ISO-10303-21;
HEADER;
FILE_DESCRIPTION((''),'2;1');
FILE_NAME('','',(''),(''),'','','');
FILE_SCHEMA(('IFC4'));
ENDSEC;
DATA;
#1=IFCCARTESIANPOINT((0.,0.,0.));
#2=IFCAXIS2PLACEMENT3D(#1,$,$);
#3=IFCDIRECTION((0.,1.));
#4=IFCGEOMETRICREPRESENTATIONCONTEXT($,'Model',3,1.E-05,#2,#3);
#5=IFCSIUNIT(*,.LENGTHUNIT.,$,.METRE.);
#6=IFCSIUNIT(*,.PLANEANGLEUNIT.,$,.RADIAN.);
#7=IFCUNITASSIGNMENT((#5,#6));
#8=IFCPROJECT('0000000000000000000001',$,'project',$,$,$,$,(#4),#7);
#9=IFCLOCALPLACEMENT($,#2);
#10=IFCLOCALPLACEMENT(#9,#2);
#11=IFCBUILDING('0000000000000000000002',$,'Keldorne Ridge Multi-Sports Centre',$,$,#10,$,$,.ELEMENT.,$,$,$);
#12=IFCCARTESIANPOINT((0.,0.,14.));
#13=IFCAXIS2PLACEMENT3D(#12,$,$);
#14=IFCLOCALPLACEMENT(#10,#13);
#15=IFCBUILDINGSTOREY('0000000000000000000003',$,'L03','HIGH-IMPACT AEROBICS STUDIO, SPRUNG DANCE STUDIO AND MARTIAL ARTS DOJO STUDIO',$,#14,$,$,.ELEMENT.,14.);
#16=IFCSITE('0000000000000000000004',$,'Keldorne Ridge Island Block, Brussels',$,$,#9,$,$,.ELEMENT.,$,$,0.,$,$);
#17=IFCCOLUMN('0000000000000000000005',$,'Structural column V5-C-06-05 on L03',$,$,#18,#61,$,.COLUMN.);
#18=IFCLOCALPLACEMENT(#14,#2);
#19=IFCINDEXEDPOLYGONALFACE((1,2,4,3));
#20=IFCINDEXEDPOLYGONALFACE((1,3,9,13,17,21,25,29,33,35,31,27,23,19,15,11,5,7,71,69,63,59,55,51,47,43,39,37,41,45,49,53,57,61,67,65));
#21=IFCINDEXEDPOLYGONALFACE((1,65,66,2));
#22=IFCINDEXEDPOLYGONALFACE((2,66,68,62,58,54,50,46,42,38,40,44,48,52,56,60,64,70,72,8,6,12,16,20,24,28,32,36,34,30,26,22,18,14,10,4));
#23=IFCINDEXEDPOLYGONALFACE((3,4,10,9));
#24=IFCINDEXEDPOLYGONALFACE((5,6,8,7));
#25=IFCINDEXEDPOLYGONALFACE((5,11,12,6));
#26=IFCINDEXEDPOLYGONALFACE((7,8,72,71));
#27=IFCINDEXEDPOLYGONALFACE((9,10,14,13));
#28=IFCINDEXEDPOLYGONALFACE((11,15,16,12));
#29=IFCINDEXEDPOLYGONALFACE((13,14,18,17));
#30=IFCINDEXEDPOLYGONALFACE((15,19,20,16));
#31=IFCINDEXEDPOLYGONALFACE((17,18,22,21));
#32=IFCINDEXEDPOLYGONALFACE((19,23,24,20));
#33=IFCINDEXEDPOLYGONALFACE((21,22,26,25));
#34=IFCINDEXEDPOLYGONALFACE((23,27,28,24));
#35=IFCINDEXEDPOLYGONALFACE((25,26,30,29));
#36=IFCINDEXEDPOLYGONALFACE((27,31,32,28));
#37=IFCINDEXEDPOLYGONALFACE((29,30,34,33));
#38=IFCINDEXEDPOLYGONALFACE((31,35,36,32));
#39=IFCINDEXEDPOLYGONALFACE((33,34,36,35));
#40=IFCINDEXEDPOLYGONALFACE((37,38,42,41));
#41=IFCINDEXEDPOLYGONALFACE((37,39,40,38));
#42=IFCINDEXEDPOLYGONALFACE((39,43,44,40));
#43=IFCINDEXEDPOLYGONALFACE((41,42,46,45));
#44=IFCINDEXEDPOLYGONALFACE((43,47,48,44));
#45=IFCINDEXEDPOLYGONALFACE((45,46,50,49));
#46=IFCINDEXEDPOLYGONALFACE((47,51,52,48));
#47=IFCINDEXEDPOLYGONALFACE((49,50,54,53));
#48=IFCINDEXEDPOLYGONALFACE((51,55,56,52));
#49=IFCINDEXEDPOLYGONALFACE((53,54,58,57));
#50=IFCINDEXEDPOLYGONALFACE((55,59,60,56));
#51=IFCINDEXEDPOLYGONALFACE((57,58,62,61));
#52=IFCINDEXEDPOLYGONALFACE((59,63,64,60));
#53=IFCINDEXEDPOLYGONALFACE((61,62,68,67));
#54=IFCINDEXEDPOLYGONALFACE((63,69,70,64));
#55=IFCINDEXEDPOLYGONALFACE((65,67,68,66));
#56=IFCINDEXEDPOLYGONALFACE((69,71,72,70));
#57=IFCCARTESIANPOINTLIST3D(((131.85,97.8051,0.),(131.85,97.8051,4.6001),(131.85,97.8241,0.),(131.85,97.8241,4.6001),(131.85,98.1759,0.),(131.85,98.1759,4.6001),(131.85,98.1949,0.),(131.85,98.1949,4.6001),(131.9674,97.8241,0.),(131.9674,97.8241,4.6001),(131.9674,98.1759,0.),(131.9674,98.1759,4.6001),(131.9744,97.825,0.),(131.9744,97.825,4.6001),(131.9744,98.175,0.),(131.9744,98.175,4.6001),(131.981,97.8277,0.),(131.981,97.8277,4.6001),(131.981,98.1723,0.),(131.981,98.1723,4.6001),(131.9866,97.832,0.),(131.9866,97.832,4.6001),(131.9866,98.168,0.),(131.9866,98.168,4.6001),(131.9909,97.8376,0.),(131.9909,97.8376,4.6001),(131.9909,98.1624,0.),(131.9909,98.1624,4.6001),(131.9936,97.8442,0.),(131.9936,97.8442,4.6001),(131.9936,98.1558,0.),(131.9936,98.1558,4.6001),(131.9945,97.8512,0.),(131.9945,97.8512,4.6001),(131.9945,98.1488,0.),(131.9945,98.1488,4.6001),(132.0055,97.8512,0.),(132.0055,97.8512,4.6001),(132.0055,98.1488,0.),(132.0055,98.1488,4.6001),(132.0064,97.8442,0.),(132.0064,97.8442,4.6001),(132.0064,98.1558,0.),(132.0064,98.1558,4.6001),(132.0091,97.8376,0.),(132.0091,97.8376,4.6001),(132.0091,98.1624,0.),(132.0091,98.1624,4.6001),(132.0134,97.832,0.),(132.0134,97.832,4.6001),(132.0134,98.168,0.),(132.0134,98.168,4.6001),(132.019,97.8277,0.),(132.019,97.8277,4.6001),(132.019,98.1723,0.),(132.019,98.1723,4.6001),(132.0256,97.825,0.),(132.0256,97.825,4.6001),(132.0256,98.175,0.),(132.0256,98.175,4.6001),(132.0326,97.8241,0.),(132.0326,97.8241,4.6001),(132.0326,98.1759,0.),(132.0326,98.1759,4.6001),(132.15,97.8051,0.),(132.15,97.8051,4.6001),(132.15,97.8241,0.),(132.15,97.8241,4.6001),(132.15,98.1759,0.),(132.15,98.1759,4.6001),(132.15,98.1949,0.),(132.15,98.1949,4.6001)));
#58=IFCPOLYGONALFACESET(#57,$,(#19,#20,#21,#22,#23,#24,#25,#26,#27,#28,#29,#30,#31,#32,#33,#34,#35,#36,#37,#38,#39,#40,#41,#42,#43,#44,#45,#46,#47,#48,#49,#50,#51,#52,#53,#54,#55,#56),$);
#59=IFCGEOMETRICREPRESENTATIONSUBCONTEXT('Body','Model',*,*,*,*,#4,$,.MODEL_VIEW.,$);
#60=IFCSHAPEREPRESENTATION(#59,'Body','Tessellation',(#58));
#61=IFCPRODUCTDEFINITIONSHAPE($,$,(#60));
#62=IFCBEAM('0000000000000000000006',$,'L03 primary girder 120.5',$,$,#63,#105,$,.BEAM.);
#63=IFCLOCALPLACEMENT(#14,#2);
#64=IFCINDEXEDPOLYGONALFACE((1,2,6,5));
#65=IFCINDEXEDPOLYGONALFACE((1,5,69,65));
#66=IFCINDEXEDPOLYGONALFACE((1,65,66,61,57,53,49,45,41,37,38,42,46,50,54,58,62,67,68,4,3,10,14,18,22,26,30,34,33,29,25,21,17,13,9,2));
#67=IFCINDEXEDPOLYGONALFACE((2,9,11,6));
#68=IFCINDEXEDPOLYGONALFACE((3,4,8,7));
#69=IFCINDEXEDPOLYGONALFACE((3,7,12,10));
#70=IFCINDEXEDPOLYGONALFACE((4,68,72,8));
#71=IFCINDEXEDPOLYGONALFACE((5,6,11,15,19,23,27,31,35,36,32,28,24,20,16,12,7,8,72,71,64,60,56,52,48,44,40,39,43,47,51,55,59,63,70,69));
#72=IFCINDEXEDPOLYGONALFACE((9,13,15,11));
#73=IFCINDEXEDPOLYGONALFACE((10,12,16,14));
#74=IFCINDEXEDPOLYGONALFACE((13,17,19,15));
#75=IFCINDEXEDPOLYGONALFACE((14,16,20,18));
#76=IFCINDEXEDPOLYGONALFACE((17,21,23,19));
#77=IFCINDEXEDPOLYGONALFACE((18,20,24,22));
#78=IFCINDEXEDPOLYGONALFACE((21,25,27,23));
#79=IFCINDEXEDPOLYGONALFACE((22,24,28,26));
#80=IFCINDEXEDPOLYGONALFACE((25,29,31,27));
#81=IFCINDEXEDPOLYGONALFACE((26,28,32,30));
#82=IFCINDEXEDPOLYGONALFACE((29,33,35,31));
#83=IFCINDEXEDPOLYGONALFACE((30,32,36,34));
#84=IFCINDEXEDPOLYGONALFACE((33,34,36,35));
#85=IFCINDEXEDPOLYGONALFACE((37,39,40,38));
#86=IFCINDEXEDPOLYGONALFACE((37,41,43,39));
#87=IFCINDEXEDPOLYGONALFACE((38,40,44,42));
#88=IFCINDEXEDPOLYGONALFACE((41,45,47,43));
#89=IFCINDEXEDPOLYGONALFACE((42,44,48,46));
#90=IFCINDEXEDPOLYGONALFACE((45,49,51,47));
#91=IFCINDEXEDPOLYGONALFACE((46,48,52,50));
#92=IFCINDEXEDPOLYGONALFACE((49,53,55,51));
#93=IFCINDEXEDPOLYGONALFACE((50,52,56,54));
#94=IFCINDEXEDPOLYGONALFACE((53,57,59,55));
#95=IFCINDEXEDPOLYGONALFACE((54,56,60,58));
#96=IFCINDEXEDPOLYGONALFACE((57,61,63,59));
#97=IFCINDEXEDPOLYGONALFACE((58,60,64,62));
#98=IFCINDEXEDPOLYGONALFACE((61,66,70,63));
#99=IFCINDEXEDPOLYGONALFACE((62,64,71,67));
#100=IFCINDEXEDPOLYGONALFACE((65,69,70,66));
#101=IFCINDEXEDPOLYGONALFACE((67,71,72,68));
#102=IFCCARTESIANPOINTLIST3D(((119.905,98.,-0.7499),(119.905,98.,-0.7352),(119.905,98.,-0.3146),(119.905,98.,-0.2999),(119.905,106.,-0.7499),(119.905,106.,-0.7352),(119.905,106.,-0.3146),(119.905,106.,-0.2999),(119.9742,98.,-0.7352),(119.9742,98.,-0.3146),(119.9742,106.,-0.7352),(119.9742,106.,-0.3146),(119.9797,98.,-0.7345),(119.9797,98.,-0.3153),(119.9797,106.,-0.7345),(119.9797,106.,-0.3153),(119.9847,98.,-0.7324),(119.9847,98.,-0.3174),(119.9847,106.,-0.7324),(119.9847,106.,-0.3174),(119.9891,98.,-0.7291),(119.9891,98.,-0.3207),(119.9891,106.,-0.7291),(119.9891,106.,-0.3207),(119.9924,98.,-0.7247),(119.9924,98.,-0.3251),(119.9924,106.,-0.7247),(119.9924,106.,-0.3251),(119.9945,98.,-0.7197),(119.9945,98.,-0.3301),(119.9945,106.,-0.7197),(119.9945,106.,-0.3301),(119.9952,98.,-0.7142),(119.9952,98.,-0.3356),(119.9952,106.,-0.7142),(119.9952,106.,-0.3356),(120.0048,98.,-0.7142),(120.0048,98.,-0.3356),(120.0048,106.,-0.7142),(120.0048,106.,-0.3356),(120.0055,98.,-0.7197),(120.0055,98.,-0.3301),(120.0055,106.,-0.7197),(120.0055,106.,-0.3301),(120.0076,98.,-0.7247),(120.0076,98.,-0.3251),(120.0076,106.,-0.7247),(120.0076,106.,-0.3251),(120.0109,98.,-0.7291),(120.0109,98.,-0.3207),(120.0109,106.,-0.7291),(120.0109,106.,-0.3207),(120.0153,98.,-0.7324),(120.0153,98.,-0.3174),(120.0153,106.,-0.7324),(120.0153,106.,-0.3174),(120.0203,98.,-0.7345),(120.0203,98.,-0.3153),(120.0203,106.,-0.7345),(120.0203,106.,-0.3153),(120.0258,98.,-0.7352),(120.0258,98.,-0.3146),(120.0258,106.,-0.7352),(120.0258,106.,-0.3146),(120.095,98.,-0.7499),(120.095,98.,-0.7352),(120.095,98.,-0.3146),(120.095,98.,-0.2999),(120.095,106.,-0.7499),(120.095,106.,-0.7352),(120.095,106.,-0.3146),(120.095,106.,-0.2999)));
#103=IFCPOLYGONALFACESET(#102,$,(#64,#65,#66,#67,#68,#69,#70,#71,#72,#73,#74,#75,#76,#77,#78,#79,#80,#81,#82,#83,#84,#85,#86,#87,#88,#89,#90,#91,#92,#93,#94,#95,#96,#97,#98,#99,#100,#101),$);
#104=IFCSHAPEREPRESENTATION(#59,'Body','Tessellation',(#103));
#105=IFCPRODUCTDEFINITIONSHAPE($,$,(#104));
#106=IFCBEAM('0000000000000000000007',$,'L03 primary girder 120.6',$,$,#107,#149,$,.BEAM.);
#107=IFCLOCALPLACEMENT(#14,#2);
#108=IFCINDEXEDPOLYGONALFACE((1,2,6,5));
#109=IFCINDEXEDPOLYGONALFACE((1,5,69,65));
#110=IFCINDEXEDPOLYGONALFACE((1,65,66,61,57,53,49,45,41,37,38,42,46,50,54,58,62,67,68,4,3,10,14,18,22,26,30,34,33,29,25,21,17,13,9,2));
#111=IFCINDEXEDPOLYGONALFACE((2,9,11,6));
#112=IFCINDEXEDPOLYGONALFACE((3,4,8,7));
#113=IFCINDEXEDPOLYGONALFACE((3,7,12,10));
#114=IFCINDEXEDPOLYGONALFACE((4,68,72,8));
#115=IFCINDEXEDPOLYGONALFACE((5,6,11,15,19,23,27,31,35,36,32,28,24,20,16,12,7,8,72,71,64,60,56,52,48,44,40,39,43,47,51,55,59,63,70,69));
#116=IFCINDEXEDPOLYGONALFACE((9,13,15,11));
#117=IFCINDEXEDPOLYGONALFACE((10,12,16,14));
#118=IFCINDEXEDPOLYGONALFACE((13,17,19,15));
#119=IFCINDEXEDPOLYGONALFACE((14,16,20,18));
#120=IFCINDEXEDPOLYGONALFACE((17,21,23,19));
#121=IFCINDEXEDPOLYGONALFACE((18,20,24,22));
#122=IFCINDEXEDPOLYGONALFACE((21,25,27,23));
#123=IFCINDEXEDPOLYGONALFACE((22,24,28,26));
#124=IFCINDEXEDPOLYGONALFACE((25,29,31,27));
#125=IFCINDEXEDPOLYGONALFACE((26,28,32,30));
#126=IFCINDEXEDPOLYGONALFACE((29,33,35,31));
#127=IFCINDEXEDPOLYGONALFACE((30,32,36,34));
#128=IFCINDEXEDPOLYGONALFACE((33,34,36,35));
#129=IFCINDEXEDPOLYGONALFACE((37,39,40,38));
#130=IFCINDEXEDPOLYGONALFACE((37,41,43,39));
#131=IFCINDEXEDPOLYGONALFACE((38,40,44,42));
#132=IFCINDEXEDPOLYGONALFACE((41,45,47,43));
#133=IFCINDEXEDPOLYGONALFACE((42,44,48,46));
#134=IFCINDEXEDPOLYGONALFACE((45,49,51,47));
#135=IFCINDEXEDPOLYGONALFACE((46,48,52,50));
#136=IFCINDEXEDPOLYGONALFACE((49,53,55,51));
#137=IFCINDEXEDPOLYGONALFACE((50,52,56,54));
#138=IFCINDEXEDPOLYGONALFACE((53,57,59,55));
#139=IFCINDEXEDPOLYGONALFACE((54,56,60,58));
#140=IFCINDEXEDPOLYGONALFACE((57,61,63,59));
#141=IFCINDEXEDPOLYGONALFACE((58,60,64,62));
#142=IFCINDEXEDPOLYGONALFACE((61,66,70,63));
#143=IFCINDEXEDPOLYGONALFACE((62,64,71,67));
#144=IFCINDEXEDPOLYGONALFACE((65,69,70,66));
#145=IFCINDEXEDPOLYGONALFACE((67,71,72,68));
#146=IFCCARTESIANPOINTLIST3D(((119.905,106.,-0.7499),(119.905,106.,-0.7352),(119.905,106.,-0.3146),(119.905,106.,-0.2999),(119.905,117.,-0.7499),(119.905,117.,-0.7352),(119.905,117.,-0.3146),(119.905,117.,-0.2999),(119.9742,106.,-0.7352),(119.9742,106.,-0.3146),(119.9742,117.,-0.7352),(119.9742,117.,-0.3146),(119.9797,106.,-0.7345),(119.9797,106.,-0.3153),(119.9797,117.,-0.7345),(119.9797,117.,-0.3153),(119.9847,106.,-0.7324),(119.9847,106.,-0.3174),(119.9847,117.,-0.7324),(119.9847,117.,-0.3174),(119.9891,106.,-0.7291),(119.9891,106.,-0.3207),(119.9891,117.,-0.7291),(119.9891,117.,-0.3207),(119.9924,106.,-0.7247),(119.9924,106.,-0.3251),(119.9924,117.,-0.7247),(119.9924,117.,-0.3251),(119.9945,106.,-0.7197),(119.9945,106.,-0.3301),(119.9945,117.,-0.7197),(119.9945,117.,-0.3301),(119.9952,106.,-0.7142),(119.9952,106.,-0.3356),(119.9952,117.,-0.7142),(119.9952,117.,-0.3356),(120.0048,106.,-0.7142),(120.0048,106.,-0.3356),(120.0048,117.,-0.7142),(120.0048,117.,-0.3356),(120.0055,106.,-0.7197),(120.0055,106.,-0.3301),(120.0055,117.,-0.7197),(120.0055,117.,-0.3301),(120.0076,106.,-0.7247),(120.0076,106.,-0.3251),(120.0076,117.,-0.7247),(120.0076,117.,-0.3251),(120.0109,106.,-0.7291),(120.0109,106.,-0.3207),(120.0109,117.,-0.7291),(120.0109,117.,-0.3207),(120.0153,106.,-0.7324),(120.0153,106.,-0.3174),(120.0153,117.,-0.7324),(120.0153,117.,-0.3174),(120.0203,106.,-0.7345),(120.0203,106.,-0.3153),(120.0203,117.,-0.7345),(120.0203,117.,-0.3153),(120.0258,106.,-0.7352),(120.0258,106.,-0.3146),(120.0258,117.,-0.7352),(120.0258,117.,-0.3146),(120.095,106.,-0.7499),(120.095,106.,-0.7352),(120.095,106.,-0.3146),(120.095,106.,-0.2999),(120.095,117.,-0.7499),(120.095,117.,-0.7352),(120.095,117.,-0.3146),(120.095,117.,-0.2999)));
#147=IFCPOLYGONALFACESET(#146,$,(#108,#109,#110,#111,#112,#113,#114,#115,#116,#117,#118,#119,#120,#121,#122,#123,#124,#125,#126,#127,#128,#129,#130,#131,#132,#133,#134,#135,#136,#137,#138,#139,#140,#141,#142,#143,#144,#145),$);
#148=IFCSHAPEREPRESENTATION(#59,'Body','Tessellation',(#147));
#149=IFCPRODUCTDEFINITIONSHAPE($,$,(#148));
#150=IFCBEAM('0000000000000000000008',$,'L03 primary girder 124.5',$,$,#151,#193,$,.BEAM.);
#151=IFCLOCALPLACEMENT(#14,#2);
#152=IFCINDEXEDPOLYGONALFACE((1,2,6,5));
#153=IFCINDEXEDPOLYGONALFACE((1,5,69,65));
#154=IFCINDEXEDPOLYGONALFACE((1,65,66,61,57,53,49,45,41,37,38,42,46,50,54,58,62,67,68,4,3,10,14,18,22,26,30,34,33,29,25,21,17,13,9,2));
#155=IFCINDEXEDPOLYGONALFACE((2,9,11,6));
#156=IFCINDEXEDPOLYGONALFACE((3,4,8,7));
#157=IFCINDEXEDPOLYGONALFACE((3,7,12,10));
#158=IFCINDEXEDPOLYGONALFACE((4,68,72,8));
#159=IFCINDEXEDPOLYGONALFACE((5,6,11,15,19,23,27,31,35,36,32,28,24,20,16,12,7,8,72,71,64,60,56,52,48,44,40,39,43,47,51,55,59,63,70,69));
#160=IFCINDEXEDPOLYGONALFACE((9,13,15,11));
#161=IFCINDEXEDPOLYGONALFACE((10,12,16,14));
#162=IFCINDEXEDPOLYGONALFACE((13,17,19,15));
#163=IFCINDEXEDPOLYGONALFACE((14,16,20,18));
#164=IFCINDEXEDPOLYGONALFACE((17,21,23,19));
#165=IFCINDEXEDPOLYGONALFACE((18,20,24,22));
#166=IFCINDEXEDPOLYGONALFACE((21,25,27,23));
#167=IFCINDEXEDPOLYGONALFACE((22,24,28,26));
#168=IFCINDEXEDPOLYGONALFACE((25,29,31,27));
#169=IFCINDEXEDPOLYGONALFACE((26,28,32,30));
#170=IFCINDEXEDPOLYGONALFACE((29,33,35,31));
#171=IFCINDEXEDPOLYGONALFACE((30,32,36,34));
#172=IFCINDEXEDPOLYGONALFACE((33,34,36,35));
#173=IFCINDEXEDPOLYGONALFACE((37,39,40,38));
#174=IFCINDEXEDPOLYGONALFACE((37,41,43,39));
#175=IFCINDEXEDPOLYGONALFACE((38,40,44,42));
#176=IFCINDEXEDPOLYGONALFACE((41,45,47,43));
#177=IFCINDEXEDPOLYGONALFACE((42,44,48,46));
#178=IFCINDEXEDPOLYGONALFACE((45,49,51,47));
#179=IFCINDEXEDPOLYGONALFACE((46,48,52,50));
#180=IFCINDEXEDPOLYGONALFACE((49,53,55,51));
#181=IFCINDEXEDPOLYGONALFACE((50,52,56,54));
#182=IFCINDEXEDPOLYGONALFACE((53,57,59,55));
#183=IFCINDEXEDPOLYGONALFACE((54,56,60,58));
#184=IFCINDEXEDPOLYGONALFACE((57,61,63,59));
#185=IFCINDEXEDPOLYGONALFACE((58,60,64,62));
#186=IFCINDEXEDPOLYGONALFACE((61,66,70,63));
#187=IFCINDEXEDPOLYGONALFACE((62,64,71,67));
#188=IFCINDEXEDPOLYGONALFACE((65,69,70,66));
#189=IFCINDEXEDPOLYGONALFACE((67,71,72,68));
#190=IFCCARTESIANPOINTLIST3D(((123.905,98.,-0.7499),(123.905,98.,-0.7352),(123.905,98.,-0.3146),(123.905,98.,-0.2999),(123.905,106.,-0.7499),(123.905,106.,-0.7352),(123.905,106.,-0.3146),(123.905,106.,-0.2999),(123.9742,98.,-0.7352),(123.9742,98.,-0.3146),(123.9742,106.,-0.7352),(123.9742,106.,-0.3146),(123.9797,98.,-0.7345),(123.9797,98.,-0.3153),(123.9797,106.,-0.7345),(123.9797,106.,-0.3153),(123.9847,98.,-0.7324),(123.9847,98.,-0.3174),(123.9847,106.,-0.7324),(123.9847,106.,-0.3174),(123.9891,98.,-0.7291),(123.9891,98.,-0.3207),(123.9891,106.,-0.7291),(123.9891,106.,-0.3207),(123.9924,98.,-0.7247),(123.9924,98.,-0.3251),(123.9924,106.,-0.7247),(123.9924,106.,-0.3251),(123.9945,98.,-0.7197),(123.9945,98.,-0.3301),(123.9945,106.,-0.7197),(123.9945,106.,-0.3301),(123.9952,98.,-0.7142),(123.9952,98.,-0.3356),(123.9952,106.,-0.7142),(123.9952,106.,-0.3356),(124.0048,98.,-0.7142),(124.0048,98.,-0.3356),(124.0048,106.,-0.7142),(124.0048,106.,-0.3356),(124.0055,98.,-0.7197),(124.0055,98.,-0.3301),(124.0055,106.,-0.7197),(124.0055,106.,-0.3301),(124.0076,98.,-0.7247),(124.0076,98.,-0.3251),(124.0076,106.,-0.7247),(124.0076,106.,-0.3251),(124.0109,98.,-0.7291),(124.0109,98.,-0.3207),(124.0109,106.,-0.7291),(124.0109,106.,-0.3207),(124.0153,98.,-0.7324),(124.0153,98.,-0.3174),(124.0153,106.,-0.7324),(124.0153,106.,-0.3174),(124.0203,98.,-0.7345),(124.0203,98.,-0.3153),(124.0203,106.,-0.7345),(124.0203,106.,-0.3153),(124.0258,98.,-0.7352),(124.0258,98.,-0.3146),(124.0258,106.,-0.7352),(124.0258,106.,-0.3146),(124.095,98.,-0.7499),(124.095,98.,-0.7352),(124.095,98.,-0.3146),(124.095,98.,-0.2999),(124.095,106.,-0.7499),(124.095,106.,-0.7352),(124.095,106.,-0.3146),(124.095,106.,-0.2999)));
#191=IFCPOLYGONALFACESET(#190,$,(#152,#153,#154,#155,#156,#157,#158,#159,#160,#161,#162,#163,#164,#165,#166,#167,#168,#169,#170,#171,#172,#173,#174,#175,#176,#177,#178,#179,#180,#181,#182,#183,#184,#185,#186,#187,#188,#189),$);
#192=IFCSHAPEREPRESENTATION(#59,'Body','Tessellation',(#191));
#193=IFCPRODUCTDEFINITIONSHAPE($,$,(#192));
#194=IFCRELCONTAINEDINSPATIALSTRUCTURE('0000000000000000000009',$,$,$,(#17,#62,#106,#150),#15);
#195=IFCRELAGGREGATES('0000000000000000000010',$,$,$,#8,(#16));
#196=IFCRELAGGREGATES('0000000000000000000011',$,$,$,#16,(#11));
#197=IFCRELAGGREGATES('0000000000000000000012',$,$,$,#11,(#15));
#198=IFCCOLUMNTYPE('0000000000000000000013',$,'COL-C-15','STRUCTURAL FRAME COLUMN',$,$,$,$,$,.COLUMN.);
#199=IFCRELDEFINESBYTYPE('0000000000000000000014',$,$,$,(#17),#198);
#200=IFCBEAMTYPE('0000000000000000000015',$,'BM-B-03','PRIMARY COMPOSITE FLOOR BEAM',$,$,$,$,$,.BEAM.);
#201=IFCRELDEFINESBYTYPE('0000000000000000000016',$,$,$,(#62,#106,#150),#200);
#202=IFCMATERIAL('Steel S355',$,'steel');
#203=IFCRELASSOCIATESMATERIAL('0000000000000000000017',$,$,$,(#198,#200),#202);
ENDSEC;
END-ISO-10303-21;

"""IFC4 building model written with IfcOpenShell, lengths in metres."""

from ifc_helpers import new_model, si_unit, direction, frame, origin, origin_2d, place, context, subcontext, project, spatial, i_section, extrude, material, material_profile, profile_set, type_object, element, save


model = new_model("IFC4")

# Units and contexts
model_context = context("Model", 3, precision=1e-05, world=origin(), true_north=direction((0.0, 1.0)))
body_context = subcontext(model_context, "Body", "Model", "MODEL_VIEW")
ifc_project = project(units=[si_unit("LENGTHUNIT", "METRE"), si_unit("PLANEANGLEUNIT", "RADIAN")], contexts=[model_context])

# Site, building, storey
site_placement = place(None, origin())
site = spatial("IfcSite", under=ifc_project, at=site_placement, Name="Keldorne Ridge Island Block, Brussels", CompositionType="ELEMENT", RefElevation=0.0)
building_placement = place(site_placement, origin())
building = spatial("IfcBuilding", under=site, at=building_placement, Name="Keldorne Ridge Multi-Sports Centre", CompositionType="ELEMENT")
storey_placement = place(building_placement, frame((0.0, 0.0, 14.0)))
storey = spatial("IfcBuildingStorey", under=building, at=storey_placement, Name="L03", Description="HIGH-IMPACT AEROBICS STUDIO, SPRUNG DANCE STUDIO AND MARTIAL ARTS DOJO STUDIO", CompositionType="ELEMENT", Elevation=14.0)

# Column
ifc_material_1 = material(Name="Steel S355", Category="steel")
ifc_material_profile_1 = material_profile(ifc_material_1, i_section(OverallWidth=0.3, OverallDepth=0.3899, WebThickness=0.011, FlangeThickness=0.019, FilletRadius=0.0271, at=origin_2d()), Name="HEA 400")
ifc_profile_set_1 = profile_set([ifc_material_profile_1], Name="Steel S355")
column_type = type_object("IfcColumnType", Name="COL-C-15", Description="STRUCTURAL FRAME COLUMN", PredefinedType="COLUMN", material=ifc_profile_set_1)
for number, where, z_axis, x_axis, name in (
    (1, (132.0, 98.0, 0.0), (0.0, 0.0, 1.0), (1.0, 0.0, 0.0), "Structural column V5-C-06-05 on L03"),
):
    element("IfcColumn", number, at=place(storey_placement, frame(where, z_axis=z_axis, x_axis=x_axis)), inside=storey, type_object=column_type, Name=name, PredefinedType="COLUMN", context=body_context, shape_type="SweptSolid", body=[
        extrude(i_section(OverallWidth=0.3, OverallDepth=0.3899, WebThickness=0.011, FlangeThickness=0.019, FilletRadius=0.0271, at=origin_2d()), origin(), (0.0, 0.0, 1.0), 4.6001),
    ])

# Beams
ifc_material_profile_2 = material_profile(ifc_material_1, i_section(OverallWidth=0.1899, OverallDepth=0.45, WebThickness=0.0095, FlangeThickness=0.0146, FilletRadius=0.021, at=origin_2d()), Name="IPE 450")
ifc_profile_set_2 = profile_set([ifc_material_profile_2], Name="Steel S355")
beam_type_1 = type_object("IfcBeamType", Name="BM-B-03", Description="PRIMARY COMPOSITE FLOOR BEAM", PredefinedType="BEAM", material=ifc_profile_set_2)
beam_1_placement = place(storey_placement, frame((120.0, 98.0, -0.5249), z_axis=(0.0, 1.0, 0.0), x_axis=(-1.0, 0.0, 0.0)))
element("IfcBeam", 2, at=beam_1_placement, inside=storey, type_object=beam_type_1, Name="L03 primary girder 120.5", PredefinedType="BEAM", context=body_context, shape_type="SweptSolid", body=[
    extrude(i_section(OverallWidth=0.1899, OverallDepth=0.45, WebThickness=0.0095, FlangeThickness=0.0146, FilletRadius=0.021, at=origin_2d()), origin(), (0.0, 0.0, 1.0), 8.0),
])
beam_2_placement = place(storey_placement, frame((120.0, 106.0, -0.5249), z_axis=(0.0, 1.0, 0.0), x_axis=(-1.0, 0.0, 0.0)))
element("IfcBeam", 3, at=beam_2_placement, inside=storey, type_object=beam_type_1, Name="L03 primary girder 120.6", PredefinedType="BEAM", context=body_context, shape_type="SweptSolid", body=[
    extrude(i_section(OverallWidth=0.1899, OverallDepth=0.45, WebThickness=0.0095, FlangeThickness=0.0146, FilletRadius=0.021, at=origin_2d()), origin(), (0.0, 0.0, 1.0), 11.0),
])
for number, where, z_axis, x_axis, name in (
    (4, (124.0, 98.0, -0.5249), (0.0, 1.0, 0.0), (-1.0, 0.0, 0.0), "L03 primary girder 124.5"),
):
    element("IfcBeam", number, at=place(storey_placement, frame(where, z_axis=z_axis, x_axis=x_axis)), inside=storey, type_object=beam_type_1, Name=name, PredefinedType="BEAM", context=body_context, shape_type="SweptSolid", body=[
        extrude(i_section(OverallWidth=0.1899, OverallDepth=0.45, WebThickness=0.0095, FlangeThickness=0.0146, FilletRadius=0.021, at=origin_2d()), origin(), (0.0, 0.0, 1.0), 8.0),
    ])

save(model, "model.ifc")
